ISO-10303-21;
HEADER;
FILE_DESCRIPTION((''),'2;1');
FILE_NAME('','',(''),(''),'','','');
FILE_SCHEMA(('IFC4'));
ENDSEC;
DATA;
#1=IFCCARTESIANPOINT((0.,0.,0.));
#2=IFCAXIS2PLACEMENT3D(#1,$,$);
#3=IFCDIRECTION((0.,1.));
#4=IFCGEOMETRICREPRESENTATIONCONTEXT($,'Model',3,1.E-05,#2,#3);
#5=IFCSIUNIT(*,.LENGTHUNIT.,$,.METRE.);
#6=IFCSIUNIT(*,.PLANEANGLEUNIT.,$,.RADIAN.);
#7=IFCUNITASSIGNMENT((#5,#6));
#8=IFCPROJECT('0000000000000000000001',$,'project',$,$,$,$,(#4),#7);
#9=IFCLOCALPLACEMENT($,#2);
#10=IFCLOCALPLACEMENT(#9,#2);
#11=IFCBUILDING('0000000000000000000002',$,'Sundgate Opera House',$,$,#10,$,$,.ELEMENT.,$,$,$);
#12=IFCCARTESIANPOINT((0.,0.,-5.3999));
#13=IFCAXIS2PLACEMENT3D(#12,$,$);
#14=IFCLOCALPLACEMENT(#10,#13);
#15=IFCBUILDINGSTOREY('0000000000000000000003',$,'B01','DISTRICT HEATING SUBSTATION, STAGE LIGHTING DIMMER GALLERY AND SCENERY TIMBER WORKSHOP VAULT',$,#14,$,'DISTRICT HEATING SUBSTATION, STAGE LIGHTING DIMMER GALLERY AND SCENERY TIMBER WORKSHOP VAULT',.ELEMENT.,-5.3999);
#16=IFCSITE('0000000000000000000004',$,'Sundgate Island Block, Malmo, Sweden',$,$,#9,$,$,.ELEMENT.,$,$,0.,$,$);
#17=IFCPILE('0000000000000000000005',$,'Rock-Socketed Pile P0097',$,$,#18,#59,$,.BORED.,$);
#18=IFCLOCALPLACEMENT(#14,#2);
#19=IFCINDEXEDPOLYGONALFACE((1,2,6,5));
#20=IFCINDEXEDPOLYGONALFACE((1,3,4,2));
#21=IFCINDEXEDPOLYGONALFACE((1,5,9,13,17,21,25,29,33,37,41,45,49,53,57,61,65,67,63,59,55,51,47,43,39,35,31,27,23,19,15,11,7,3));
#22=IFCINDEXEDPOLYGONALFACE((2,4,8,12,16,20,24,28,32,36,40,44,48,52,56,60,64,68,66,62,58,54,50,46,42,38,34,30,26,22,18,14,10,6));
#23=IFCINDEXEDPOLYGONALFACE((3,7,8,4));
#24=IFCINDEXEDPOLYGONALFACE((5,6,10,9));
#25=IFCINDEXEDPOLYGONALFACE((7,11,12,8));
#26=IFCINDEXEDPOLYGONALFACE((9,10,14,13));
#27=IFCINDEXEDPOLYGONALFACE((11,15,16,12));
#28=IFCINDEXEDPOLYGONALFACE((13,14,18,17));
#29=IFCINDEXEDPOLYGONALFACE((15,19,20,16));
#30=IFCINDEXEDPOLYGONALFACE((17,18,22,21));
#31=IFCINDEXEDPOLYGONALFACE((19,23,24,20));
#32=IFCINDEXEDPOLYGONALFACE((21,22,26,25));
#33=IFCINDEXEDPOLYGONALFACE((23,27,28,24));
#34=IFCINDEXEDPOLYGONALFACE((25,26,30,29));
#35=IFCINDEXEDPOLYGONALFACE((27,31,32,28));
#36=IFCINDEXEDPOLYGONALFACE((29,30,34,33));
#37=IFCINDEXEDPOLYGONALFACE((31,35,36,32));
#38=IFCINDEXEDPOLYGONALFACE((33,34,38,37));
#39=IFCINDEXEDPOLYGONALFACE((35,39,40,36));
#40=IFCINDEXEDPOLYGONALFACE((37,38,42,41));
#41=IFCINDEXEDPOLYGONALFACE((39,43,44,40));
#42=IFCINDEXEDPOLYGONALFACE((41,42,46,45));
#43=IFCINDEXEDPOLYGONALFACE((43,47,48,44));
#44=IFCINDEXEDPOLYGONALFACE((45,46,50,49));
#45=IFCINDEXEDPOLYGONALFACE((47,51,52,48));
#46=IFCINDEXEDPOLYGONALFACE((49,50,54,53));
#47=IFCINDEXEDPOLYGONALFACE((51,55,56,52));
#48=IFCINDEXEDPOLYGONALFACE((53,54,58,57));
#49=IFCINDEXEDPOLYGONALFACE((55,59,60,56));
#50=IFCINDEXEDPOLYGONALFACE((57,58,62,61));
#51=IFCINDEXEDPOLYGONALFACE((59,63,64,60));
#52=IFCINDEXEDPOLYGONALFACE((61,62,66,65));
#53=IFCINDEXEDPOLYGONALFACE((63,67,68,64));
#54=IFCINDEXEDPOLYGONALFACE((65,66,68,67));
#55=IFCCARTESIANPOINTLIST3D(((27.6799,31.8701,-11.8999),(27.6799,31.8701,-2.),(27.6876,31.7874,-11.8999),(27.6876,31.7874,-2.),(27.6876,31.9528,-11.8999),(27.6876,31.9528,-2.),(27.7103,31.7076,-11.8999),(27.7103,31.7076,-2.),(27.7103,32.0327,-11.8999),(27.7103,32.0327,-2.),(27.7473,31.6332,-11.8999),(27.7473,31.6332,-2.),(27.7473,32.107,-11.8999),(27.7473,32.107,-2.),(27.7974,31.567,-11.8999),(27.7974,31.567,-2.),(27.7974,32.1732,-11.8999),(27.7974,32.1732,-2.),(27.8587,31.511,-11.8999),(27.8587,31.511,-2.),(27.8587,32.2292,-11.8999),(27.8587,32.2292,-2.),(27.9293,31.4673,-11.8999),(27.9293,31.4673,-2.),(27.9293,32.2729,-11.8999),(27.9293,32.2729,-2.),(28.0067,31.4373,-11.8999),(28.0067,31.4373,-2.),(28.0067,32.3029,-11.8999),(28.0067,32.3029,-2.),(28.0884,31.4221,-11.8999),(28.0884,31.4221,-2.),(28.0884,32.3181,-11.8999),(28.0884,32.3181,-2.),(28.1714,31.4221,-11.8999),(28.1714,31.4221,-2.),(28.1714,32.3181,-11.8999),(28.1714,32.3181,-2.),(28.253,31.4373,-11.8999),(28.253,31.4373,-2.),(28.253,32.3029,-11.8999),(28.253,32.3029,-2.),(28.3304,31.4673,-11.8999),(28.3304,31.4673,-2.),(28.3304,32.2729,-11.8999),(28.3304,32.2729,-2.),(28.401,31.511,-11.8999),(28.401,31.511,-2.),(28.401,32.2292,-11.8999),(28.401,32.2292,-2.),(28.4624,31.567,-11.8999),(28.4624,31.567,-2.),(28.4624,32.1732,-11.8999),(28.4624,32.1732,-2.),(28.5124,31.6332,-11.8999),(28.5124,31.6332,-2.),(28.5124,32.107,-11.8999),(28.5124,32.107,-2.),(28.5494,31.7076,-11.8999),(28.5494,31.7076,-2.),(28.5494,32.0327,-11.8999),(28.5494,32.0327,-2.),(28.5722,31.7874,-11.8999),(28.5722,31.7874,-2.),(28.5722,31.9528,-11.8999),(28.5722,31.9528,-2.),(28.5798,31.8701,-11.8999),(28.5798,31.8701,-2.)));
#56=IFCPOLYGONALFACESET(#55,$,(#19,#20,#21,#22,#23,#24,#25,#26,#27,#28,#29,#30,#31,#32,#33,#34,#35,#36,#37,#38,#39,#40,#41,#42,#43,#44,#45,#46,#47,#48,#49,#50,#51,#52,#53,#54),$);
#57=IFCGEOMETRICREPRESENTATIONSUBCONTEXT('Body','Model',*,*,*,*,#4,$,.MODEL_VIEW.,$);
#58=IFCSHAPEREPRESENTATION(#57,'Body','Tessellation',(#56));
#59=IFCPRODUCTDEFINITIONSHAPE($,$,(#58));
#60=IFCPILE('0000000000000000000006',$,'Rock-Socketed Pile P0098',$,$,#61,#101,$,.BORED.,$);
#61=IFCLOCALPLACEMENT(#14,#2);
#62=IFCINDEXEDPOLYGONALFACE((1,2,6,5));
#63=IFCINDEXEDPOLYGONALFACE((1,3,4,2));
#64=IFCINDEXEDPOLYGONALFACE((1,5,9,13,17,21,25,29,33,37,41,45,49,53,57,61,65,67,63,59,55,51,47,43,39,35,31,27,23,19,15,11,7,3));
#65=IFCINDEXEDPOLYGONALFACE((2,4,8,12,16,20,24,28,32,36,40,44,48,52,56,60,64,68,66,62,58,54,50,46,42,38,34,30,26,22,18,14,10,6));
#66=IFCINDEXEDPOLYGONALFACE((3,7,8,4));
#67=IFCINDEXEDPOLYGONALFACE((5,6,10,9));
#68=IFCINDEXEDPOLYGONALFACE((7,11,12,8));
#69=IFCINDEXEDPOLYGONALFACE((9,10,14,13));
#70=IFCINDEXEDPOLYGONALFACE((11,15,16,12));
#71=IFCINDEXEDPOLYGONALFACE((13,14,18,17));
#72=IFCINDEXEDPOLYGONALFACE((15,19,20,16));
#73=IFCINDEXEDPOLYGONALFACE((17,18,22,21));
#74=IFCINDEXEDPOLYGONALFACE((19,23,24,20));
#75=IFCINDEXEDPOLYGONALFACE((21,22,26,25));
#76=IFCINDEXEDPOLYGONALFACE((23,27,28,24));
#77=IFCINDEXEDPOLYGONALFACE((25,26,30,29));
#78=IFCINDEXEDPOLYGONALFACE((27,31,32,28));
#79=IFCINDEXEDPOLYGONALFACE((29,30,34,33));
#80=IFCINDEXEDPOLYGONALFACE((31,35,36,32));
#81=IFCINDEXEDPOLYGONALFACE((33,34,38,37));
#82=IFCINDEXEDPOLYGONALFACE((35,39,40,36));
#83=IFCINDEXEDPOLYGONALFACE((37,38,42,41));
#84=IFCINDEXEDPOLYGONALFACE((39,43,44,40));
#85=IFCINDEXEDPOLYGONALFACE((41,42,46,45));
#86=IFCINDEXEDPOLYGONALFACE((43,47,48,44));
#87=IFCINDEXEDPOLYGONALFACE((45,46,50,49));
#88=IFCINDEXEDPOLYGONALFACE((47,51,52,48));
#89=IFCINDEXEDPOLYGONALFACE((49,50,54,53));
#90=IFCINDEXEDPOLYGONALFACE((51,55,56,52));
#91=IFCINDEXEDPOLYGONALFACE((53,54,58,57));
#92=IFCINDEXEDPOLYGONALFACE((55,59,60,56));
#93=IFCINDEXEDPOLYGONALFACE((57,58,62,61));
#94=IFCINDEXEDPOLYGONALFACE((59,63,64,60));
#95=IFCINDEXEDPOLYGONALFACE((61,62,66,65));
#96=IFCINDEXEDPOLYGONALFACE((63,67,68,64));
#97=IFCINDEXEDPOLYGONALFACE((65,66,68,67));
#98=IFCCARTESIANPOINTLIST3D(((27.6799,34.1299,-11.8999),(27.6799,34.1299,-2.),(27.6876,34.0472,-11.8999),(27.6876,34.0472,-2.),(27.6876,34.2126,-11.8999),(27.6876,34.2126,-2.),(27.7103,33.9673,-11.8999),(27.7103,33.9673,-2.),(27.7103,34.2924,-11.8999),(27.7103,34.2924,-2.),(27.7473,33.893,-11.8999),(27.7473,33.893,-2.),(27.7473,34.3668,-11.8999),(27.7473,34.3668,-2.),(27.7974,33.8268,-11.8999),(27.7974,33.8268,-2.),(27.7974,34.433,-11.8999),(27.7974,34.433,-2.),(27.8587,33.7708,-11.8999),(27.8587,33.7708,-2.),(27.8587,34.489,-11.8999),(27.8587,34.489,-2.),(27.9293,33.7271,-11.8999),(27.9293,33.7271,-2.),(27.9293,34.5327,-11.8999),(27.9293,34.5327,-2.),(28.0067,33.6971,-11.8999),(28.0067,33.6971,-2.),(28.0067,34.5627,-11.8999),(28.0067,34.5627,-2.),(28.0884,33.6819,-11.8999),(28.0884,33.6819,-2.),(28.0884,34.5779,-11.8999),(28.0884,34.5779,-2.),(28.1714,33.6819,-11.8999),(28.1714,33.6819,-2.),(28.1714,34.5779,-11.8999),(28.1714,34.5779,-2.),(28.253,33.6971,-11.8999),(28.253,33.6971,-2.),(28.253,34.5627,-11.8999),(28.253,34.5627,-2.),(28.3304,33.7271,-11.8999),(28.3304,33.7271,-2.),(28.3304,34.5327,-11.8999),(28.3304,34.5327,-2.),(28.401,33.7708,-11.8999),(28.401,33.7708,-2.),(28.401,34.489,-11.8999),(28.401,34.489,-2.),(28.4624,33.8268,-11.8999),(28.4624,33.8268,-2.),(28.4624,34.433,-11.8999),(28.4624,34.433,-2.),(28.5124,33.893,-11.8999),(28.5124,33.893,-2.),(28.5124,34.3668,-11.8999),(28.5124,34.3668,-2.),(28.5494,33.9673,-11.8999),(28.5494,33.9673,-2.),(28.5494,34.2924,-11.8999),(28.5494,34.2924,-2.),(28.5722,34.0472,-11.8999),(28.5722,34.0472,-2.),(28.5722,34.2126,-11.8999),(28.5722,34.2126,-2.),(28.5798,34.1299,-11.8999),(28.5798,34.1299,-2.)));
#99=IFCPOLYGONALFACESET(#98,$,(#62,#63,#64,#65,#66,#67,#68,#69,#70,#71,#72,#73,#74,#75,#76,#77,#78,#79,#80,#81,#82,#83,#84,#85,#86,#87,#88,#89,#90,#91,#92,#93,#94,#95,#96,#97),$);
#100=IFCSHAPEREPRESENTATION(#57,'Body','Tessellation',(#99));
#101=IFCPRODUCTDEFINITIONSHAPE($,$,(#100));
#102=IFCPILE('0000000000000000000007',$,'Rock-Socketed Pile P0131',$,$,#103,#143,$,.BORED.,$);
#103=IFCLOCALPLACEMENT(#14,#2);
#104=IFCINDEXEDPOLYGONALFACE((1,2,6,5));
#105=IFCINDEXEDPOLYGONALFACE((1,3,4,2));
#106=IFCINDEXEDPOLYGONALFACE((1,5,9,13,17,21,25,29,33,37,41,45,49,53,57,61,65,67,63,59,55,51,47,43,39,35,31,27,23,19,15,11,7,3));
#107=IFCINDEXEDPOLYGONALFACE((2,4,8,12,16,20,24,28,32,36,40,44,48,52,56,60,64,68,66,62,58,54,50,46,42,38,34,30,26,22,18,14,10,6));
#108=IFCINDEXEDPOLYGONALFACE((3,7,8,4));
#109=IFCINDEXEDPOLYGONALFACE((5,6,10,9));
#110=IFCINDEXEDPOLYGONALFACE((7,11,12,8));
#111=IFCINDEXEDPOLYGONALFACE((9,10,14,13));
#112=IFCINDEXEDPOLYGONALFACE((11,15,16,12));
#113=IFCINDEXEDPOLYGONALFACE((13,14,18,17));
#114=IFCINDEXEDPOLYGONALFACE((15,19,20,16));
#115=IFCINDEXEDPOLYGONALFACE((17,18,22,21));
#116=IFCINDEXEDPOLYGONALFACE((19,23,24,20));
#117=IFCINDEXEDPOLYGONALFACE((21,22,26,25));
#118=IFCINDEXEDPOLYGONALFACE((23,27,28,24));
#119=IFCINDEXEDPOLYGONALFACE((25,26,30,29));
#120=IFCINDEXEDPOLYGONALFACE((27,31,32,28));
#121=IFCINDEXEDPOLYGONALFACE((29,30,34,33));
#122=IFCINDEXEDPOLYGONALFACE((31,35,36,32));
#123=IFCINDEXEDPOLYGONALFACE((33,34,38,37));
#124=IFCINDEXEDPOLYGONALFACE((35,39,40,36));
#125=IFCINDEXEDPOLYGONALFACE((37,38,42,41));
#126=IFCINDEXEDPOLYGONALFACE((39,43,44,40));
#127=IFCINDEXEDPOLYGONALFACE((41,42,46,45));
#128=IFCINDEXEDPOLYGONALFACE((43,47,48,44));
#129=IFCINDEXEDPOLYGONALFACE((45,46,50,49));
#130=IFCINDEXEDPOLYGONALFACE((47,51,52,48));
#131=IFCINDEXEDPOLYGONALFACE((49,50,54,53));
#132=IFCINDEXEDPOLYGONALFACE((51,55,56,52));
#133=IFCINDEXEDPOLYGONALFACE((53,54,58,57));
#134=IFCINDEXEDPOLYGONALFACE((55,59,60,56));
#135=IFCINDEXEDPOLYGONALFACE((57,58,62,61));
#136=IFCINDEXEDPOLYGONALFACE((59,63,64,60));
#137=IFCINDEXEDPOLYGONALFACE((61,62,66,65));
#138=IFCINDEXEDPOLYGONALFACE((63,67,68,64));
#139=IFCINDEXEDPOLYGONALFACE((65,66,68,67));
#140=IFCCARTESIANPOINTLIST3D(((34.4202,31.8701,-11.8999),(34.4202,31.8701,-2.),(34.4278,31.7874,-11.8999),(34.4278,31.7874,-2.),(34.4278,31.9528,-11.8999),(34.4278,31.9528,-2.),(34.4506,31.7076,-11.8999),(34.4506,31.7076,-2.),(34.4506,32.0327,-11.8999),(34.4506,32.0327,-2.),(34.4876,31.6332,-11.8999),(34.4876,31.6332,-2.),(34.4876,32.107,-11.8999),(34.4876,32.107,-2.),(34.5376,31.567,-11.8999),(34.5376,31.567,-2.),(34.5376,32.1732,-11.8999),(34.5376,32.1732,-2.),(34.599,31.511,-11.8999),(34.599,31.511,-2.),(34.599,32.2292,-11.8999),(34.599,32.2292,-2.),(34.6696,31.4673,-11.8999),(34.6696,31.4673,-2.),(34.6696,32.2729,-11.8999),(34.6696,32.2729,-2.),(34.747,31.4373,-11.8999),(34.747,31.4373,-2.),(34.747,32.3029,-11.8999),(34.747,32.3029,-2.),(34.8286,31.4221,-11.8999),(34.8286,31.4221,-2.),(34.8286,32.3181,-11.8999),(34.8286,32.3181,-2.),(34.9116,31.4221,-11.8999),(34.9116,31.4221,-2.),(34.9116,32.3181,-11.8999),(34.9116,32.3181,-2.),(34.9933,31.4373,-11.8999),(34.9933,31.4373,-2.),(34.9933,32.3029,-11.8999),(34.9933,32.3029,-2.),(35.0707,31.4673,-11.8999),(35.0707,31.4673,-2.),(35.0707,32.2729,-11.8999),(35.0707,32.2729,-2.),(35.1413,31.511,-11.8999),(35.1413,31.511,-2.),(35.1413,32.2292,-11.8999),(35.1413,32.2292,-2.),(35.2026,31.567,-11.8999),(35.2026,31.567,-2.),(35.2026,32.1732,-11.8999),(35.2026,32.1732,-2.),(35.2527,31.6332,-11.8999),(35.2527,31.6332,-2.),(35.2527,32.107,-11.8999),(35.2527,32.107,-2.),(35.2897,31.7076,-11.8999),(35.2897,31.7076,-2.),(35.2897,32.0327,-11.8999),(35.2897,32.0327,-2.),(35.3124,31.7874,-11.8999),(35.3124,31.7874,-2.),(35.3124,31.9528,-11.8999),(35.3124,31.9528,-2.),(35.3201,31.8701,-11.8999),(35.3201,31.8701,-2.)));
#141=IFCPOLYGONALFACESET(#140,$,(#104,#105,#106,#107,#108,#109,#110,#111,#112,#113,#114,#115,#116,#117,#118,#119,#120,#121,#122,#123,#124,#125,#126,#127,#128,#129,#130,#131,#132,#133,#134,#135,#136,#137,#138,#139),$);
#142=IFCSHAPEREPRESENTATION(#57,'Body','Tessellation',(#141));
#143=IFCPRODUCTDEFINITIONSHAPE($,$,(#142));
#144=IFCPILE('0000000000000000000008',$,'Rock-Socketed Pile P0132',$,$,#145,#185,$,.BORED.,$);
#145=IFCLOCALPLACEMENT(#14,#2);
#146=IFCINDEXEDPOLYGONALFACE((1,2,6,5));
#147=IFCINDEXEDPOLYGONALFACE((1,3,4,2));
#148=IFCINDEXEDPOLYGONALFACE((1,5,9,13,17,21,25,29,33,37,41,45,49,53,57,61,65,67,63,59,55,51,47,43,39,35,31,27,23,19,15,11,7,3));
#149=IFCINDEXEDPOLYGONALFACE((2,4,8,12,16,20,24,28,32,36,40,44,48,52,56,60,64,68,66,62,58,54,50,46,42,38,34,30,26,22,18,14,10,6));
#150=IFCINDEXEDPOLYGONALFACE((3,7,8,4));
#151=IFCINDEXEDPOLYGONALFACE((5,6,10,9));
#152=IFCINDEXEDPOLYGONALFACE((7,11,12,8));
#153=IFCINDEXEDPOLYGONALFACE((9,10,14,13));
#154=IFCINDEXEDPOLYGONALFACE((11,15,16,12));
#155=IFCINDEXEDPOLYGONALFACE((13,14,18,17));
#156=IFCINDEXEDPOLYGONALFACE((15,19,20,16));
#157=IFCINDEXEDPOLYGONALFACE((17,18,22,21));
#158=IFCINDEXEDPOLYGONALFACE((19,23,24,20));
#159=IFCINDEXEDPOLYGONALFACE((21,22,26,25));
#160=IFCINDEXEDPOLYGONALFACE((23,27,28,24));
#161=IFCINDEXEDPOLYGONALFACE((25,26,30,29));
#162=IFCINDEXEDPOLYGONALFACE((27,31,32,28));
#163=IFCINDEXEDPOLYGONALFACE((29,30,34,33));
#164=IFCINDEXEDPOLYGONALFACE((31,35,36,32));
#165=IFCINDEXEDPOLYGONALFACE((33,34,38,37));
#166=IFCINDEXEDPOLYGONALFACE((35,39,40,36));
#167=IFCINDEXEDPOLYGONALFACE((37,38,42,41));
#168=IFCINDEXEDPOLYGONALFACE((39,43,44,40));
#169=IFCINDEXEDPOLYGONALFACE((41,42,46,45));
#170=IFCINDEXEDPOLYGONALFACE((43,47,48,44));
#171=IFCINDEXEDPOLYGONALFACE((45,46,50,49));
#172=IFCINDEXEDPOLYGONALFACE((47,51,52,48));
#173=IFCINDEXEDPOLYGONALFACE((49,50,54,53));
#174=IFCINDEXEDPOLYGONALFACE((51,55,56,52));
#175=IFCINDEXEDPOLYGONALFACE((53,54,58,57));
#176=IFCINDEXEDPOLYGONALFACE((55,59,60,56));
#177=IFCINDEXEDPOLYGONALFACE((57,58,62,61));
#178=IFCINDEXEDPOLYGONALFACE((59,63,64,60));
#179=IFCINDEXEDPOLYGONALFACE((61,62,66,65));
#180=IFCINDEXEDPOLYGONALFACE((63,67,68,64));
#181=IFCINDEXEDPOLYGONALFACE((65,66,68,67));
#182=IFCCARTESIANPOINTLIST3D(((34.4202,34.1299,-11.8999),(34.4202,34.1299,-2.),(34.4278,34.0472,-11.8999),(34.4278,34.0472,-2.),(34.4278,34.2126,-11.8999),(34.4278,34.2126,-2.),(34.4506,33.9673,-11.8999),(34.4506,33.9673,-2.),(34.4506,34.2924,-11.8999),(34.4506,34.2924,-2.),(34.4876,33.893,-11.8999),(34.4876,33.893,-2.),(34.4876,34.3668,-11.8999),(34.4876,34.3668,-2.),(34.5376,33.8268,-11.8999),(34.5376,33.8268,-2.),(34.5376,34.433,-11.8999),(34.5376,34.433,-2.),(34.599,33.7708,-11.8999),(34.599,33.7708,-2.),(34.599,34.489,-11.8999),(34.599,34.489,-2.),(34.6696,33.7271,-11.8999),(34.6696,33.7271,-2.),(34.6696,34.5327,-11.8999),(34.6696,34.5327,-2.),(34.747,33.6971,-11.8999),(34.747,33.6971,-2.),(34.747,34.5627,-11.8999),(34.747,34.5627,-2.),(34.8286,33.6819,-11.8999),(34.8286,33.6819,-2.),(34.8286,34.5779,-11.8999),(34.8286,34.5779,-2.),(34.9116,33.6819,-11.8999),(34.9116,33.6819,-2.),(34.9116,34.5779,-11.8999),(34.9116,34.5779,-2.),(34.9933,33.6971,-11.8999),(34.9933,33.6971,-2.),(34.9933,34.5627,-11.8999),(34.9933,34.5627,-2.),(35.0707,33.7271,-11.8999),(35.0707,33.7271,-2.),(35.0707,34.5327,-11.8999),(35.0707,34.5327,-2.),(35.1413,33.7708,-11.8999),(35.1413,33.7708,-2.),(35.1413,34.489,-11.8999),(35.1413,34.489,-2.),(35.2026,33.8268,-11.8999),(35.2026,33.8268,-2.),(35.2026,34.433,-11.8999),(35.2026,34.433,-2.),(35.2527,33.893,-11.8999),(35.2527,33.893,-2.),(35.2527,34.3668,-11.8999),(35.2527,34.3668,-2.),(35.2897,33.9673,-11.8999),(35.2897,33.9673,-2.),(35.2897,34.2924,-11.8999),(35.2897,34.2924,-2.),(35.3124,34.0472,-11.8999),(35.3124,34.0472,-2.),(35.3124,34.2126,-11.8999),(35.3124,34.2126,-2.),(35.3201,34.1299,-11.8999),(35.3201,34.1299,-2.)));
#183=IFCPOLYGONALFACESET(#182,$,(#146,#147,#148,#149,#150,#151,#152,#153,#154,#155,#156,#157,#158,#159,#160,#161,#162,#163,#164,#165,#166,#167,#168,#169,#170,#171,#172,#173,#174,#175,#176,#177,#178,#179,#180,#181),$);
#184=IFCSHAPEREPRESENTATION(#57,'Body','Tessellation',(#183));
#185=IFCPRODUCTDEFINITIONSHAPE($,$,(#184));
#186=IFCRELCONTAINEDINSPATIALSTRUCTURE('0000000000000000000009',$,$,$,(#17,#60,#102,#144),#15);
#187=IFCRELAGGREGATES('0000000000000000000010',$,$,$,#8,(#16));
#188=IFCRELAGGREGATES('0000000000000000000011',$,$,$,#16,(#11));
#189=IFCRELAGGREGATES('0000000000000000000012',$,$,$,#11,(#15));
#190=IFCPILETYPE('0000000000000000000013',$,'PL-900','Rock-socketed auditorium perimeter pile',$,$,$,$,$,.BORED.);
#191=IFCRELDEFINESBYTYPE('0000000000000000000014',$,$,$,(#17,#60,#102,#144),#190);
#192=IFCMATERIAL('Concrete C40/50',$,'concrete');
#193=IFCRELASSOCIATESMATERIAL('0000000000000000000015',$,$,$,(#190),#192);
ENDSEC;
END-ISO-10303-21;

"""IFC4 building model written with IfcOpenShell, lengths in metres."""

from ifc_helpers import new_model, si_unit, direction, frame, origin, origin_2d, place, context, subcontext, project, spatial, circle, extrude, material, material_profile, profile_set, type_object, element, save


model = new_model("IFC4")

# Units and contexts
model_context = context("Model", 3, precision=1e-05, world=origin(), true_north=direction((0.0, 1.0)))
body_context = subcontext(model_context, "Body", "Model", "MODEL_VIEW")
ifc_project = project(units=[si_unit("LENGTHUNIT", "METRE"), si_unit("PLANEANGLEUNIT", "RADIAN")], contexts=[model_context])

# Site, building, storey
site_placement = place(None, origin())
site = spatial("IfcSite", under=ifc_project, at=site_placement, Name="Sundgate Island Block, Malmo, Sweden", CompositionType="ELEMENT", RefElevation=0.0)
building_placement = place(site_placement, origin())
building = spatial("IfcBuilding", under=site, at=building_placement, Name="Sundgate Opera House", CompositionType="ELEMENT")
storey_placement = place(building_placement, frame((0.0, 0.0, -5.3999)))
storey = spatial("IfcBuildingStorey", under=building, at=storey_placement, Name="B01", Description="DISTRICT HEATING SUBSTATION, STAGE LIGHTING DIMMER GALLERY AND SCENERY TIMBER WORKSHOP VAULT", LongName="DISTRICT HEATING SUBSTATION, STAGE LIGHTING DIMMER GALLERY AND SCENERY TIMBER WORKSHOP VAULT", CompositionType="ELEMENT", Elevation=-5.3999)

# Piles
ifc_material_1 = material(Name="Concrete C40/50", Category="concrete")
ifc_material_profile_1 = material_profile(ifc_material_1, circle(Radius=0.45, at=origin_2d()), Name="PILE D900")
ifc_profile_set_1 = profile_set([ifc_material_profile_1], Name="Concrete C40/50")
pile_type_1 = type_object("IfcPileType", Name="PL-900", Description="Rock-socketed auditorium perimeter pile", PredefinedType="BORED", material=ifc_profile_set_1)
for number, where, z_axis, x_axis, name in (
    (1, (28.1299, 31.8701, -2.0), (0.0, 0.0, -1.0), (1.0, 0.0, 0.0), "Rock-Socketed Pile P0097"),
    (2, (28.1299, 34.1299, -2.0), (0.0, 0.0, -1.0), (1.0, 0.0, 0.0), "Rock-Socketed Pile P0098"),
    (3, (34.8701, 31.8701, -2.0), (0.0, 0.0, -1.0), (1.0, 0.0, 0.0), "Rock-Socketed Pile P0131"),
    (4, (34.8701, 34.1299, -2.0), (0.0, 0.0, -1.0), (1.0, 0.0, 0.0), "Rock-Socketed Pile P0132"),
):
    element("IfcPile", number, at=place(storey_placement, frame(where, z_axis=z_axis, x_axis=x_axis)), inside=storey, type_object=pile_type_1, Name=name, PredefinedType="BORED", context=body_context, shape_type="SweptSolid", body=[
        extrude(circle(Radius=0.45, at=origin_2d()), origin(), (0.0, 0.0, 1.0), 9.8999),
    ])

save(model, "model.ifc")
